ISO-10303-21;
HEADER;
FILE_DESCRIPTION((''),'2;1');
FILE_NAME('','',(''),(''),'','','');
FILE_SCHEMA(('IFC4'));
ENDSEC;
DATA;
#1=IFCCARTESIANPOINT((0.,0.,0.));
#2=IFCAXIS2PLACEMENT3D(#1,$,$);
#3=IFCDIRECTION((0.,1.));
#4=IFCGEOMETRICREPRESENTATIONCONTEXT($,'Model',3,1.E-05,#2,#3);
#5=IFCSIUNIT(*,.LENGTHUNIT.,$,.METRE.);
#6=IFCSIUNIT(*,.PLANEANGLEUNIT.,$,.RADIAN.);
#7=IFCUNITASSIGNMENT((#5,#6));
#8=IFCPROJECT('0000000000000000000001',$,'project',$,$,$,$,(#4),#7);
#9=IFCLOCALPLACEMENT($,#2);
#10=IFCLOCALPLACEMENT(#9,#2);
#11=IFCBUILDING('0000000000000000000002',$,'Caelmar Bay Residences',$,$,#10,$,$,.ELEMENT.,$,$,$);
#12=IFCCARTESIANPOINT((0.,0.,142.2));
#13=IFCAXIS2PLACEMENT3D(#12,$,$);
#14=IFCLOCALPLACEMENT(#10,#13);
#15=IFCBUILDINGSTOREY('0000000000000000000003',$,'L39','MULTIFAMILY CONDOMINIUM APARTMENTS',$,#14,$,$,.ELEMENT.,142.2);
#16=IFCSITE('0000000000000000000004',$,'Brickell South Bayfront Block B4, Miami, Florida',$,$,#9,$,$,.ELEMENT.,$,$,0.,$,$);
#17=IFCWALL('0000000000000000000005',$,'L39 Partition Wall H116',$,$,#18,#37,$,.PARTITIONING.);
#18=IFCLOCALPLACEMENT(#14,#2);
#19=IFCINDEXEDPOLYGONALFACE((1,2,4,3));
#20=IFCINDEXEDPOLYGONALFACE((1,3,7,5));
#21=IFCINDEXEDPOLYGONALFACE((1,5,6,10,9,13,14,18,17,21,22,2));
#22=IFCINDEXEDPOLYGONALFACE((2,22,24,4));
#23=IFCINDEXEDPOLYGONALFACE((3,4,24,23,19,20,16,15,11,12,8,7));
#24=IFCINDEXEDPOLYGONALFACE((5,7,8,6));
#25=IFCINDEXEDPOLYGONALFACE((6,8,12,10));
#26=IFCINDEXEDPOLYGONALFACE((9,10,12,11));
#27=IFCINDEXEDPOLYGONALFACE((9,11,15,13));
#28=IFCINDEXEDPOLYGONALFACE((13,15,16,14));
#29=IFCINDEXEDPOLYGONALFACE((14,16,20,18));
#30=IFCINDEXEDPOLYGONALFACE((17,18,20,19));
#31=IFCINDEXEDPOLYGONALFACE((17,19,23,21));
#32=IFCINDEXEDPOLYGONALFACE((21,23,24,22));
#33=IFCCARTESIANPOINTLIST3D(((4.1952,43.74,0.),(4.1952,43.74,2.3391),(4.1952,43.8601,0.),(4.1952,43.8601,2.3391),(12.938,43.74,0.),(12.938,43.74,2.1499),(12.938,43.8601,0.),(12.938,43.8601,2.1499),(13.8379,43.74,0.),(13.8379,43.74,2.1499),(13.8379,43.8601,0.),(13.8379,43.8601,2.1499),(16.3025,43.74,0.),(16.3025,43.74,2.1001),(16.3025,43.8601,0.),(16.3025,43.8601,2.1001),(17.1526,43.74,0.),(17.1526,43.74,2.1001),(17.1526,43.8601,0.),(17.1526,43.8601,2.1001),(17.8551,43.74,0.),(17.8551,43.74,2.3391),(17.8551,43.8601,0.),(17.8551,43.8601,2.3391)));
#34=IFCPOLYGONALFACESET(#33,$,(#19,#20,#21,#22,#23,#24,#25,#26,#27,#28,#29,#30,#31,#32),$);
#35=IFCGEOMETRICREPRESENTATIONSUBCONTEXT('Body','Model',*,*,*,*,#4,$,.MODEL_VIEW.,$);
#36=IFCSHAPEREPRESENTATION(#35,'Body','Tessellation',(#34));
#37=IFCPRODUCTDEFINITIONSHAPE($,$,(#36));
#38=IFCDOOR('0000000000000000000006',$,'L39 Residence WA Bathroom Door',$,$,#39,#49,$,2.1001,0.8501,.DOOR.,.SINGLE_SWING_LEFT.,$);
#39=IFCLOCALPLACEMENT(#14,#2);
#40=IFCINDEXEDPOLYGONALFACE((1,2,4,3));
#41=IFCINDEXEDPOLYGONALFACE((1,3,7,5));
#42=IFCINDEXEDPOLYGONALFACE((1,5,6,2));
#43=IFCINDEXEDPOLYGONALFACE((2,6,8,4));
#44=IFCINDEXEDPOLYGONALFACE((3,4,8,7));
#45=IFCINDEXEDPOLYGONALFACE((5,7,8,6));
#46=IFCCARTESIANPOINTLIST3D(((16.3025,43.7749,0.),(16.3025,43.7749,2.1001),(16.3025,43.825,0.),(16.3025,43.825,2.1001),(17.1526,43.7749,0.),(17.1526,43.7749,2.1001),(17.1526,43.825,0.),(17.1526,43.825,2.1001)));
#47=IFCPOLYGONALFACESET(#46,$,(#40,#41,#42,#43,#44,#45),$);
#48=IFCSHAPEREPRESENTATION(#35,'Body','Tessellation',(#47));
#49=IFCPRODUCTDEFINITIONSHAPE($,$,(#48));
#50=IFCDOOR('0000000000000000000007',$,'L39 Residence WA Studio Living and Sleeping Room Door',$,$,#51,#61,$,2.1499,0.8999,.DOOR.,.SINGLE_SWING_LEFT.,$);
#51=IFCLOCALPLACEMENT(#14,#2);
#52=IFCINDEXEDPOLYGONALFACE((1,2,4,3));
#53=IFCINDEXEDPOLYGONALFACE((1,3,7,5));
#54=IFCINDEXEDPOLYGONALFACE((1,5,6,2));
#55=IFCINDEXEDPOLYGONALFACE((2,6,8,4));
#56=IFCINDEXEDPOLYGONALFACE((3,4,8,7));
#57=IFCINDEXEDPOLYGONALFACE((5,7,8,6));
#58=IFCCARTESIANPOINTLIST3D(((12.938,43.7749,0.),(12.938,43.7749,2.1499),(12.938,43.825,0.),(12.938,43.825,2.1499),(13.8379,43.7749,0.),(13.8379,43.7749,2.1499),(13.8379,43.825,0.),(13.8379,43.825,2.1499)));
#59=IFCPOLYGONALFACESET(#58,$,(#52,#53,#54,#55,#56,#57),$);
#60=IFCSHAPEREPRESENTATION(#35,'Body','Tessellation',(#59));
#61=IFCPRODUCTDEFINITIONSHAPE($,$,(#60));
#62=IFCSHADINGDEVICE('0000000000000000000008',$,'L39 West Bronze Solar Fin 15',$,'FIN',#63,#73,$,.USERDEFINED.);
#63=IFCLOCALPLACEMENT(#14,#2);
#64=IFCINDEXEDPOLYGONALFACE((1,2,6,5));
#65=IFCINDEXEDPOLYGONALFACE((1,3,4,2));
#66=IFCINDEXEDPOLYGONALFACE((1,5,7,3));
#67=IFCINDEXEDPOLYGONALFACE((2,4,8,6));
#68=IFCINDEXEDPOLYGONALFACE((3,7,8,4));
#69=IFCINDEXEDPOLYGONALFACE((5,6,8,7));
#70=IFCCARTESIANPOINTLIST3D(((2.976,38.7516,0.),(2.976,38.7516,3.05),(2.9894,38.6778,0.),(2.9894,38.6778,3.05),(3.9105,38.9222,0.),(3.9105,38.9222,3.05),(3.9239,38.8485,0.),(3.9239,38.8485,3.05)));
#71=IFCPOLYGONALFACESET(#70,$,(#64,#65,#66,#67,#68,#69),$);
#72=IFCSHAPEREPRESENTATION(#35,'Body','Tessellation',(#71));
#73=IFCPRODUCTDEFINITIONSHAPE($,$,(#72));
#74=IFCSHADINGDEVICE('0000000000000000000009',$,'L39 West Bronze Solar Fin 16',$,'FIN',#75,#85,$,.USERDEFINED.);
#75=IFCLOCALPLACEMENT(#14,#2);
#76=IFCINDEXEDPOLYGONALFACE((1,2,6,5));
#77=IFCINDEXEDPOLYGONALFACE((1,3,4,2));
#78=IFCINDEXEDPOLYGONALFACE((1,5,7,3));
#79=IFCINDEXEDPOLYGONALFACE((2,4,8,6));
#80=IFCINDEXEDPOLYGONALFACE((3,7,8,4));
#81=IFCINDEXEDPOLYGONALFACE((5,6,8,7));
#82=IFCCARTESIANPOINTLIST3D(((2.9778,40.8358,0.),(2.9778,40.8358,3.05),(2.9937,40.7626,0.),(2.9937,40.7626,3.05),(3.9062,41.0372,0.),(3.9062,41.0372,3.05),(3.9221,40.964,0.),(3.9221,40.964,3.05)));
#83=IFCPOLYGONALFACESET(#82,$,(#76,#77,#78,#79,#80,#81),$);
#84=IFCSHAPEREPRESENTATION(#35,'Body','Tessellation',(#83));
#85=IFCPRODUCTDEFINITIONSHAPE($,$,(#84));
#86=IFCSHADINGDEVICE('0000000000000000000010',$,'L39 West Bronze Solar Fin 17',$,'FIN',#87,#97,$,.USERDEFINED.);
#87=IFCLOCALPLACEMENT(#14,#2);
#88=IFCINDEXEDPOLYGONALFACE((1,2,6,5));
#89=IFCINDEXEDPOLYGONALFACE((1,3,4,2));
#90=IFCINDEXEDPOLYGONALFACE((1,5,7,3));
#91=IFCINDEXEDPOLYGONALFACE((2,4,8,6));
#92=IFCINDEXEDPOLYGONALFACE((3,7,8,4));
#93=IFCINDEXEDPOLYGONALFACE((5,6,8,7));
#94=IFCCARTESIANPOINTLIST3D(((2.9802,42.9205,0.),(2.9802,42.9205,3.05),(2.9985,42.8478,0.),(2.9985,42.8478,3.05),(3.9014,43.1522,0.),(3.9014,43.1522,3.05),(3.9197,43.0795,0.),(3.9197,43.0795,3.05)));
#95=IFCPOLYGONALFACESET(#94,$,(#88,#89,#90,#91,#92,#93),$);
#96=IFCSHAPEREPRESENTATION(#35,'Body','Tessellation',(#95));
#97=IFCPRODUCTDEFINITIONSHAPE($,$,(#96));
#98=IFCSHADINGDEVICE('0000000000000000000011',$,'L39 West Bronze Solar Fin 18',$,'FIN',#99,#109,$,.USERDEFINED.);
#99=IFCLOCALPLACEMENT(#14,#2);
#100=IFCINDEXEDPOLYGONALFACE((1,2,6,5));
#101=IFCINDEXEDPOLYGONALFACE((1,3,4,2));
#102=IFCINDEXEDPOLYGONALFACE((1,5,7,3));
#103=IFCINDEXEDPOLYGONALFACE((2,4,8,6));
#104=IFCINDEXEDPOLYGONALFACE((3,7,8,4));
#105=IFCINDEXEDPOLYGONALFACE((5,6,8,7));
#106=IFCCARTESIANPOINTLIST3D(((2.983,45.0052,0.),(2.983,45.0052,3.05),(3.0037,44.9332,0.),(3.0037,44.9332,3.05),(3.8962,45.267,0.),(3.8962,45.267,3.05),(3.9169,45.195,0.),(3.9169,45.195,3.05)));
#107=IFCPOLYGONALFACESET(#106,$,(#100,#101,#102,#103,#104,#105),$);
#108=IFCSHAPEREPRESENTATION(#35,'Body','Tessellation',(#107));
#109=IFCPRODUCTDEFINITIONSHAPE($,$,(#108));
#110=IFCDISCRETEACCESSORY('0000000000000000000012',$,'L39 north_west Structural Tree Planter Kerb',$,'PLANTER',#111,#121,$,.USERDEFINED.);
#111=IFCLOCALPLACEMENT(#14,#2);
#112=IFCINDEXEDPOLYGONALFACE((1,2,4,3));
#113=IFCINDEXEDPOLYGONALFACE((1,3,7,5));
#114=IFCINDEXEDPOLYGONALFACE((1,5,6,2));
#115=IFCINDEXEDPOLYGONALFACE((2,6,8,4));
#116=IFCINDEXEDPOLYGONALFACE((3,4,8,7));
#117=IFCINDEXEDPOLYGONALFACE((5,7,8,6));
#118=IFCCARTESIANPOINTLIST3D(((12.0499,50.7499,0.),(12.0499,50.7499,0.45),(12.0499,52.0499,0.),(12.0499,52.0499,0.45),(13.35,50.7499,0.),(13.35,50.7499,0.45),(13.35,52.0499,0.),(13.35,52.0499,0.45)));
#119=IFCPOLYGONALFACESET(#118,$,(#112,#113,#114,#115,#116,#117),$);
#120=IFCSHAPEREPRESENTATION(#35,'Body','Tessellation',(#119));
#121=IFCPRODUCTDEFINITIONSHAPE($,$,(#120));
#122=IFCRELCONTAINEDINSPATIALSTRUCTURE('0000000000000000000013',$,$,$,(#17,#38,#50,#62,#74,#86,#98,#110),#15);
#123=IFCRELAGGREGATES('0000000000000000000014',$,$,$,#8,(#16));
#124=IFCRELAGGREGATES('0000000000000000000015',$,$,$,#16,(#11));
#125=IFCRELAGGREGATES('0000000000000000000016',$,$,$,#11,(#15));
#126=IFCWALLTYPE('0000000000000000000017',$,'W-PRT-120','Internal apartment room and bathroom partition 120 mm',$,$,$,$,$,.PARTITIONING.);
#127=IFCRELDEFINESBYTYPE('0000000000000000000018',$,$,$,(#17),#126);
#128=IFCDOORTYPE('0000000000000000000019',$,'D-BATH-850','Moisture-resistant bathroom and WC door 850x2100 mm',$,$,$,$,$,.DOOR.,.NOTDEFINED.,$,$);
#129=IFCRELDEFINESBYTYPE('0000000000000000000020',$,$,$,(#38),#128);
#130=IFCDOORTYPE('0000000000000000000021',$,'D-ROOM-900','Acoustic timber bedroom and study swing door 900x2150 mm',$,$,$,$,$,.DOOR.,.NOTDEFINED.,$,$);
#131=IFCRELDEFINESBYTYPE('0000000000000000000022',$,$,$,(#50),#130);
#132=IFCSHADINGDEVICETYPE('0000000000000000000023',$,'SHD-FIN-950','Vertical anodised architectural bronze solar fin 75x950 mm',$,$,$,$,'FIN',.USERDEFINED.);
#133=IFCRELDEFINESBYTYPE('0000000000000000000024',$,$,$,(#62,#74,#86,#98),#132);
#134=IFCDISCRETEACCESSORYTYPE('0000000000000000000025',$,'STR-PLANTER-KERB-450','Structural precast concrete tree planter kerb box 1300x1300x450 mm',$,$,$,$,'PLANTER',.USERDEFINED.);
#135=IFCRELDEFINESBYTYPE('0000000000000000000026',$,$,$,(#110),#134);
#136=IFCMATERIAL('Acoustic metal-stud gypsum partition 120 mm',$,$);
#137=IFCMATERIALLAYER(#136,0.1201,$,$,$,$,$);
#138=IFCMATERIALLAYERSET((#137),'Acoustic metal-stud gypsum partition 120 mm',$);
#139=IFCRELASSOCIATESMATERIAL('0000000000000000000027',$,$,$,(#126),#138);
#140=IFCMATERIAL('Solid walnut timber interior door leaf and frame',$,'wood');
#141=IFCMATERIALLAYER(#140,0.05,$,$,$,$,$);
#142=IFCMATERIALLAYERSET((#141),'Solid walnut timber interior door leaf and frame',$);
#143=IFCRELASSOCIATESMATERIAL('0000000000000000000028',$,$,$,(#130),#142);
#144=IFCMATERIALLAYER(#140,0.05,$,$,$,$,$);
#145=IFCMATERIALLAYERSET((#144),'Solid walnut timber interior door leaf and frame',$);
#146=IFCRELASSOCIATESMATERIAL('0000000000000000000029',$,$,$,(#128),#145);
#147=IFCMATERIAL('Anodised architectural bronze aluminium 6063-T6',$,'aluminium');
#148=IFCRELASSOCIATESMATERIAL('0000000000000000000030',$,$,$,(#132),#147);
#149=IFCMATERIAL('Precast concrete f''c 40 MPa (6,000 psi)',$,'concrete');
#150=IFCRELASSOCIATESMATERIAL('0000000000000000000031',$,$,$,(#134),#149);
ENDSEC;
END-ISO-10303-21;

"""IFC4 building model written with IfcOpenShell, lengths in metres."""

from ifc_helpers import new_model, si_unit, direction, frame, frame_2d, origin, origin_2d, place, context, subcontext, project, spatial, rectangle, extrude, material, layer, layer_set, material_profile, profile_set, type_object, element, fill, save


model = new_model("IFC4")

# Units and contexts
model_context = context("Model", 3, precision=1e-05, world=origin(), true_north=direction((0.0, 1.0)))
body_context = subcontext(model_context, "Body", "Model", "MODEL_VIEW")
ifc_project = project(units=[si_unit("LENGTHUNIT", "METRE"), si_unit("PLANEANGLEUNIT", "RADIAN")], contexts=[model_context])

# Site, building, storey
site_placement = place(None, origin())
site = spatial("IfcSite", under=ifc_project, at=site_placement, Name="Brickell South Bayfront Block B4, Miami, Florida", CompositionType="ELEMENT", RefElevation=0.0)
building_placement = place(site_placement, origin())
building = spatial("IfcBuilding", under=site, at=building_placement, Name="Caelmar Bay Residences", CompositionType="ELEMENT")
storey_placement = place(building_placement, frame((0.0, 0.0, 142.2)))
storey = spatial("IfcBuildingStorey", under=building, at=storey_placement, Name="L39", Description="MULTIFAMILY CONDOMINIUM APARTMENTS", CompositionType="ELEMENT", Elevation=142.2)

# Shared definitions
ifc_material_1 = material(Name="Precast concrete f'c 40 MPa (6,000 psi)", Category="concrete")

# Shared definitions
ifc_material_2 = material(Name="Acoustic metal-stud gypsum partition 120 mm")
ifc_layer_1 = layer(ifc_material_2, 0.1201)
ifc_layer_set_1 = layer_set([ifc_layer_1], Name="Acoustic metal-stud gypsum partition 120 mm")
wall_type_1 = type_object("IfcWallType", Name="W-PRT-120", Description="Internal apartment room and bathroom partition 120 mm", PredefinedType="PARTITIONING", material=ifc_layer_set_1)
ifc_material_3 = material(Name="Solid walnut timber interior door leaf and frame", Category="wood")
ifc_layer_2 = layer(ifc_material_3, 0.05)
ifc_layer_set_2 = layer_set([ifc_layer_2], Name="Solid walnut timber interior door leaf and frame")
door_type_1 = type_object("IfcDoorType", Name="D-ROOM-900", Description="Acoustic timber bedroom and study swing door 900x2150 mm", OperationType="NOTDEFINED", PredefinedType="DOOR", material=ifc_layer_set_2)

# Wall, openings, doors
wall_1_placement = place(storey_placement, frame((4.1951, 43.8, 0.0), z_axis=(0.0, 0.0, 1.0), x_axis=(1.0, 0.0, 0.0)))
wall_1 = element("IfcWall", 1, at=wall_1_placement, inside=storey, type_object=wall_type_1, Name="L39 Partition Wall H116", PredefinedType="PARTITIONING", context=body_context, shape_type="SweptSolid", body=[
    extrude(rectangle(XDim=13.6599, YDim=0.1201, at=frame_2d((6.8301, 0.0))), origin(), (0.0, 0.0, 1.0), 2.3391),
])
opening_1_placement = place(wall_1_placement, frame((8.7429, 0.0, 0.0)))
opening_1 = element("IfcOpeningElement", 2, at=opening_1_placement, cuts=wall_1, PredefinedType="OPENING", context=body_context, shape_type="SweptSolid", body=[
    extrude(rectangle(XDim=0.8999, YDim=2.1499, at=frame_2d((0.45, 1.075))), frame((0.0, 0.0701, 0.0), z_axis=(0.0, -1.0, 0.0), x_axis=(1.0, 0.0, 0.0)), (0.0, 0.0, 1.0), 0.1401),
])
opening_2_placement = place(wall_1_placement, frame((12.1074, 0.0, 0.0)))
opening_2 = element("IfcOpeningElement", 3, at=opening_2_placement, cuts=wall_1, PredefinedType="OPENING", context=body_context, shape_type="SweptSolid", body=[
    extrude(rectangle(XDim=0.8501, YDim=2.1001, at=frame_2d((0.425, 1.05))), frame((0.0, 0.0701, 0.0), z_axis=(0.0, -1.0, 0.0), x_axis=(1.0, 0.0, 0.0)), (0.0, 0.0, 1.0), 0.1401),
])
ifc_layer_3 = layer(ifc_material_3, 0.05)
ifc_layer_set_3 = layer_set([ifc_layer_3], Name="Solid walnut timber interior door leaf and frame")
door_type_2 = type_object("IfcDoorType", Name="D-BATH-850", Description="Moisture-resistant bathroom and WC door 850x2100 mm", OperationType="NOTDEFINED", PredefinedType="DOOR", material=ifc_layer_set_3)
door_1_placement = place(opening_2_placement, origin())
door_1 = element("IfcDoor", 4, at=door_1_placement, inside=storey, type_object=door_type_2, Name="L39 Residence WA Bathroom Door", OperationType="SINGLE_SWING_LEFT", OverallHeight=2.1001, OverallWidth=0.8501, PredefinedType="DOOR", context=body_context, shape_type="SweptSolid", body=[
    extrude(rectangle(XDim=0.8501, YDim=2.1001, at=frame_2d((0.425, 1.05))), frame((0.0, 0.0249, 0.0), z_axis=(0.0, -1.0, 0.0), x_axis=(1.0, 0.0, 0.0)), (0.0, 0.0, 1.0), 0.05),
])
fill(opening_2, door_1)
door_2_placement = place(opening_1_placement, origin())
door_2 = element("IfcDoor", 5, at=door_2_placement, inside=storey, type_object=door_type_1, Name="L39 Residence WA Studio Living and Sleeping Room Door", OperationType="SINGLE_SWING_LEFT", OverallHeight=2.1499, OverallWidth=0.8999, PredefinedType="DOOR", context=body_context, shape_type="SweptSolid", body=[
    extrude(rectangle(XDim=0.8999, YDim=2.1499, at=frame_2d((0.45, 1.075))), frame((0.0, 0.0249, 0.0), z_axis=(0.0, -1.0, 0.0), x_axis=(1.0, 0.0, 0.0)), (0.0, 0.0, 1.0), 0.05),
])
fill(opening_1, door_2)

# Shading devices
ifc_material_4 = material(Name="Anodised architectural bronze aluminium 6063-T6", Category="aluminium")
ifc_material_profile_1 = material_profile(ifc_material_4, rectangle(XDim=0.075, YDim=0.95, at=origin_2d()), Name="BRONZE-FIN-75X950")
ifc_profile_set_1 = profile_set([ifc_material_profile_1], Name="Anodised architectural bronze aluminium 6063-T6")
shading_device_type = type_object("IfcShadingDeviceType", Name="SHD-FIN-950", Description="Vertical anodised architectural bronze solar fin 75x950 mm", ElementType="FIN", PredefinedType="USERDEFINED", material=ifc_profile_set_1)
for number, where, z_axis, x_axis, name in (
    (6, (3.45, 38.8, 0.0), (0.0, 0.0, 1.0), (-0.179661, 0.983729, 0.0), "L39 West Bronze Solar Fin 15"),
    (7, (3.45, 40.8999, 0.0), (0.0, 0.0, 1.0), (-0.212007, 0.977268, 0.0), "L39 West Bronze Solar Fin 16"),
    (8, (3.45, 43.0, 0.0), (0.0, 0.0, 1.0), (-0.243954, 0.969787, 0.0), "L39 West Bronze Solar Fin 17"),
    (9, (3.45, 45.1001, 0.0), (0.0, 0.0, 1.0), (-0.275637, 0.961262, 0.0), "L39 West Bronze Solar Fin 18"),
):
    element("IfcShadingDevice", number, at=place(storey_placement, frame(where, z_axis=z_axis, x_axis=x_axis)), inside=storey, type_object=shading_device_type, Name=name, ObjectType="FIN", PredefinedType="USERDEFINED", context=body_context, shape_type="SweptSolid", body=[
        extrude(rectangle(XDim=0.075, YDim=0.95, at=origin_2d()), origin(), (0.0, 0.0, 1.0), 3.05),
    ])

# Discrete accessory
discrete_accessory_type = type_object("IfcDiscreteAccessoryType", Name="STR-PLANTER-KERB-450", Description="Structural precast concrete tree planter kerb box 1300x1300x450 mm", ElementType="PLANTER", PredefinedType="USERDEFINED", material=ifc_material_1)
discrete_accessory_placement = place(storey_placement, frame((12.7, 51.3999, 0.0), z_axis=(0.0, 0.0, 1.0), x_axis=(1.0, 0.0, 0.0)))
element("IfcDiscreteAccessory", 10, at=discrete_accessory_placement, inside=storey, type_object=discrete_accessory_type, Name="L39 north_west Structural Tree Planter Kerb", ObjectType="PLANTER", PredefinedType="USERDEFINED", context=body_context, shape_type="SweptSolid", body=[
    extrude(rectangle(XDim=1.3, YDim=1.3, at=origin_2d()), origin(), (0.0, 0.0, 1.0), 0.45),
])

save(model, "model.ifc")
